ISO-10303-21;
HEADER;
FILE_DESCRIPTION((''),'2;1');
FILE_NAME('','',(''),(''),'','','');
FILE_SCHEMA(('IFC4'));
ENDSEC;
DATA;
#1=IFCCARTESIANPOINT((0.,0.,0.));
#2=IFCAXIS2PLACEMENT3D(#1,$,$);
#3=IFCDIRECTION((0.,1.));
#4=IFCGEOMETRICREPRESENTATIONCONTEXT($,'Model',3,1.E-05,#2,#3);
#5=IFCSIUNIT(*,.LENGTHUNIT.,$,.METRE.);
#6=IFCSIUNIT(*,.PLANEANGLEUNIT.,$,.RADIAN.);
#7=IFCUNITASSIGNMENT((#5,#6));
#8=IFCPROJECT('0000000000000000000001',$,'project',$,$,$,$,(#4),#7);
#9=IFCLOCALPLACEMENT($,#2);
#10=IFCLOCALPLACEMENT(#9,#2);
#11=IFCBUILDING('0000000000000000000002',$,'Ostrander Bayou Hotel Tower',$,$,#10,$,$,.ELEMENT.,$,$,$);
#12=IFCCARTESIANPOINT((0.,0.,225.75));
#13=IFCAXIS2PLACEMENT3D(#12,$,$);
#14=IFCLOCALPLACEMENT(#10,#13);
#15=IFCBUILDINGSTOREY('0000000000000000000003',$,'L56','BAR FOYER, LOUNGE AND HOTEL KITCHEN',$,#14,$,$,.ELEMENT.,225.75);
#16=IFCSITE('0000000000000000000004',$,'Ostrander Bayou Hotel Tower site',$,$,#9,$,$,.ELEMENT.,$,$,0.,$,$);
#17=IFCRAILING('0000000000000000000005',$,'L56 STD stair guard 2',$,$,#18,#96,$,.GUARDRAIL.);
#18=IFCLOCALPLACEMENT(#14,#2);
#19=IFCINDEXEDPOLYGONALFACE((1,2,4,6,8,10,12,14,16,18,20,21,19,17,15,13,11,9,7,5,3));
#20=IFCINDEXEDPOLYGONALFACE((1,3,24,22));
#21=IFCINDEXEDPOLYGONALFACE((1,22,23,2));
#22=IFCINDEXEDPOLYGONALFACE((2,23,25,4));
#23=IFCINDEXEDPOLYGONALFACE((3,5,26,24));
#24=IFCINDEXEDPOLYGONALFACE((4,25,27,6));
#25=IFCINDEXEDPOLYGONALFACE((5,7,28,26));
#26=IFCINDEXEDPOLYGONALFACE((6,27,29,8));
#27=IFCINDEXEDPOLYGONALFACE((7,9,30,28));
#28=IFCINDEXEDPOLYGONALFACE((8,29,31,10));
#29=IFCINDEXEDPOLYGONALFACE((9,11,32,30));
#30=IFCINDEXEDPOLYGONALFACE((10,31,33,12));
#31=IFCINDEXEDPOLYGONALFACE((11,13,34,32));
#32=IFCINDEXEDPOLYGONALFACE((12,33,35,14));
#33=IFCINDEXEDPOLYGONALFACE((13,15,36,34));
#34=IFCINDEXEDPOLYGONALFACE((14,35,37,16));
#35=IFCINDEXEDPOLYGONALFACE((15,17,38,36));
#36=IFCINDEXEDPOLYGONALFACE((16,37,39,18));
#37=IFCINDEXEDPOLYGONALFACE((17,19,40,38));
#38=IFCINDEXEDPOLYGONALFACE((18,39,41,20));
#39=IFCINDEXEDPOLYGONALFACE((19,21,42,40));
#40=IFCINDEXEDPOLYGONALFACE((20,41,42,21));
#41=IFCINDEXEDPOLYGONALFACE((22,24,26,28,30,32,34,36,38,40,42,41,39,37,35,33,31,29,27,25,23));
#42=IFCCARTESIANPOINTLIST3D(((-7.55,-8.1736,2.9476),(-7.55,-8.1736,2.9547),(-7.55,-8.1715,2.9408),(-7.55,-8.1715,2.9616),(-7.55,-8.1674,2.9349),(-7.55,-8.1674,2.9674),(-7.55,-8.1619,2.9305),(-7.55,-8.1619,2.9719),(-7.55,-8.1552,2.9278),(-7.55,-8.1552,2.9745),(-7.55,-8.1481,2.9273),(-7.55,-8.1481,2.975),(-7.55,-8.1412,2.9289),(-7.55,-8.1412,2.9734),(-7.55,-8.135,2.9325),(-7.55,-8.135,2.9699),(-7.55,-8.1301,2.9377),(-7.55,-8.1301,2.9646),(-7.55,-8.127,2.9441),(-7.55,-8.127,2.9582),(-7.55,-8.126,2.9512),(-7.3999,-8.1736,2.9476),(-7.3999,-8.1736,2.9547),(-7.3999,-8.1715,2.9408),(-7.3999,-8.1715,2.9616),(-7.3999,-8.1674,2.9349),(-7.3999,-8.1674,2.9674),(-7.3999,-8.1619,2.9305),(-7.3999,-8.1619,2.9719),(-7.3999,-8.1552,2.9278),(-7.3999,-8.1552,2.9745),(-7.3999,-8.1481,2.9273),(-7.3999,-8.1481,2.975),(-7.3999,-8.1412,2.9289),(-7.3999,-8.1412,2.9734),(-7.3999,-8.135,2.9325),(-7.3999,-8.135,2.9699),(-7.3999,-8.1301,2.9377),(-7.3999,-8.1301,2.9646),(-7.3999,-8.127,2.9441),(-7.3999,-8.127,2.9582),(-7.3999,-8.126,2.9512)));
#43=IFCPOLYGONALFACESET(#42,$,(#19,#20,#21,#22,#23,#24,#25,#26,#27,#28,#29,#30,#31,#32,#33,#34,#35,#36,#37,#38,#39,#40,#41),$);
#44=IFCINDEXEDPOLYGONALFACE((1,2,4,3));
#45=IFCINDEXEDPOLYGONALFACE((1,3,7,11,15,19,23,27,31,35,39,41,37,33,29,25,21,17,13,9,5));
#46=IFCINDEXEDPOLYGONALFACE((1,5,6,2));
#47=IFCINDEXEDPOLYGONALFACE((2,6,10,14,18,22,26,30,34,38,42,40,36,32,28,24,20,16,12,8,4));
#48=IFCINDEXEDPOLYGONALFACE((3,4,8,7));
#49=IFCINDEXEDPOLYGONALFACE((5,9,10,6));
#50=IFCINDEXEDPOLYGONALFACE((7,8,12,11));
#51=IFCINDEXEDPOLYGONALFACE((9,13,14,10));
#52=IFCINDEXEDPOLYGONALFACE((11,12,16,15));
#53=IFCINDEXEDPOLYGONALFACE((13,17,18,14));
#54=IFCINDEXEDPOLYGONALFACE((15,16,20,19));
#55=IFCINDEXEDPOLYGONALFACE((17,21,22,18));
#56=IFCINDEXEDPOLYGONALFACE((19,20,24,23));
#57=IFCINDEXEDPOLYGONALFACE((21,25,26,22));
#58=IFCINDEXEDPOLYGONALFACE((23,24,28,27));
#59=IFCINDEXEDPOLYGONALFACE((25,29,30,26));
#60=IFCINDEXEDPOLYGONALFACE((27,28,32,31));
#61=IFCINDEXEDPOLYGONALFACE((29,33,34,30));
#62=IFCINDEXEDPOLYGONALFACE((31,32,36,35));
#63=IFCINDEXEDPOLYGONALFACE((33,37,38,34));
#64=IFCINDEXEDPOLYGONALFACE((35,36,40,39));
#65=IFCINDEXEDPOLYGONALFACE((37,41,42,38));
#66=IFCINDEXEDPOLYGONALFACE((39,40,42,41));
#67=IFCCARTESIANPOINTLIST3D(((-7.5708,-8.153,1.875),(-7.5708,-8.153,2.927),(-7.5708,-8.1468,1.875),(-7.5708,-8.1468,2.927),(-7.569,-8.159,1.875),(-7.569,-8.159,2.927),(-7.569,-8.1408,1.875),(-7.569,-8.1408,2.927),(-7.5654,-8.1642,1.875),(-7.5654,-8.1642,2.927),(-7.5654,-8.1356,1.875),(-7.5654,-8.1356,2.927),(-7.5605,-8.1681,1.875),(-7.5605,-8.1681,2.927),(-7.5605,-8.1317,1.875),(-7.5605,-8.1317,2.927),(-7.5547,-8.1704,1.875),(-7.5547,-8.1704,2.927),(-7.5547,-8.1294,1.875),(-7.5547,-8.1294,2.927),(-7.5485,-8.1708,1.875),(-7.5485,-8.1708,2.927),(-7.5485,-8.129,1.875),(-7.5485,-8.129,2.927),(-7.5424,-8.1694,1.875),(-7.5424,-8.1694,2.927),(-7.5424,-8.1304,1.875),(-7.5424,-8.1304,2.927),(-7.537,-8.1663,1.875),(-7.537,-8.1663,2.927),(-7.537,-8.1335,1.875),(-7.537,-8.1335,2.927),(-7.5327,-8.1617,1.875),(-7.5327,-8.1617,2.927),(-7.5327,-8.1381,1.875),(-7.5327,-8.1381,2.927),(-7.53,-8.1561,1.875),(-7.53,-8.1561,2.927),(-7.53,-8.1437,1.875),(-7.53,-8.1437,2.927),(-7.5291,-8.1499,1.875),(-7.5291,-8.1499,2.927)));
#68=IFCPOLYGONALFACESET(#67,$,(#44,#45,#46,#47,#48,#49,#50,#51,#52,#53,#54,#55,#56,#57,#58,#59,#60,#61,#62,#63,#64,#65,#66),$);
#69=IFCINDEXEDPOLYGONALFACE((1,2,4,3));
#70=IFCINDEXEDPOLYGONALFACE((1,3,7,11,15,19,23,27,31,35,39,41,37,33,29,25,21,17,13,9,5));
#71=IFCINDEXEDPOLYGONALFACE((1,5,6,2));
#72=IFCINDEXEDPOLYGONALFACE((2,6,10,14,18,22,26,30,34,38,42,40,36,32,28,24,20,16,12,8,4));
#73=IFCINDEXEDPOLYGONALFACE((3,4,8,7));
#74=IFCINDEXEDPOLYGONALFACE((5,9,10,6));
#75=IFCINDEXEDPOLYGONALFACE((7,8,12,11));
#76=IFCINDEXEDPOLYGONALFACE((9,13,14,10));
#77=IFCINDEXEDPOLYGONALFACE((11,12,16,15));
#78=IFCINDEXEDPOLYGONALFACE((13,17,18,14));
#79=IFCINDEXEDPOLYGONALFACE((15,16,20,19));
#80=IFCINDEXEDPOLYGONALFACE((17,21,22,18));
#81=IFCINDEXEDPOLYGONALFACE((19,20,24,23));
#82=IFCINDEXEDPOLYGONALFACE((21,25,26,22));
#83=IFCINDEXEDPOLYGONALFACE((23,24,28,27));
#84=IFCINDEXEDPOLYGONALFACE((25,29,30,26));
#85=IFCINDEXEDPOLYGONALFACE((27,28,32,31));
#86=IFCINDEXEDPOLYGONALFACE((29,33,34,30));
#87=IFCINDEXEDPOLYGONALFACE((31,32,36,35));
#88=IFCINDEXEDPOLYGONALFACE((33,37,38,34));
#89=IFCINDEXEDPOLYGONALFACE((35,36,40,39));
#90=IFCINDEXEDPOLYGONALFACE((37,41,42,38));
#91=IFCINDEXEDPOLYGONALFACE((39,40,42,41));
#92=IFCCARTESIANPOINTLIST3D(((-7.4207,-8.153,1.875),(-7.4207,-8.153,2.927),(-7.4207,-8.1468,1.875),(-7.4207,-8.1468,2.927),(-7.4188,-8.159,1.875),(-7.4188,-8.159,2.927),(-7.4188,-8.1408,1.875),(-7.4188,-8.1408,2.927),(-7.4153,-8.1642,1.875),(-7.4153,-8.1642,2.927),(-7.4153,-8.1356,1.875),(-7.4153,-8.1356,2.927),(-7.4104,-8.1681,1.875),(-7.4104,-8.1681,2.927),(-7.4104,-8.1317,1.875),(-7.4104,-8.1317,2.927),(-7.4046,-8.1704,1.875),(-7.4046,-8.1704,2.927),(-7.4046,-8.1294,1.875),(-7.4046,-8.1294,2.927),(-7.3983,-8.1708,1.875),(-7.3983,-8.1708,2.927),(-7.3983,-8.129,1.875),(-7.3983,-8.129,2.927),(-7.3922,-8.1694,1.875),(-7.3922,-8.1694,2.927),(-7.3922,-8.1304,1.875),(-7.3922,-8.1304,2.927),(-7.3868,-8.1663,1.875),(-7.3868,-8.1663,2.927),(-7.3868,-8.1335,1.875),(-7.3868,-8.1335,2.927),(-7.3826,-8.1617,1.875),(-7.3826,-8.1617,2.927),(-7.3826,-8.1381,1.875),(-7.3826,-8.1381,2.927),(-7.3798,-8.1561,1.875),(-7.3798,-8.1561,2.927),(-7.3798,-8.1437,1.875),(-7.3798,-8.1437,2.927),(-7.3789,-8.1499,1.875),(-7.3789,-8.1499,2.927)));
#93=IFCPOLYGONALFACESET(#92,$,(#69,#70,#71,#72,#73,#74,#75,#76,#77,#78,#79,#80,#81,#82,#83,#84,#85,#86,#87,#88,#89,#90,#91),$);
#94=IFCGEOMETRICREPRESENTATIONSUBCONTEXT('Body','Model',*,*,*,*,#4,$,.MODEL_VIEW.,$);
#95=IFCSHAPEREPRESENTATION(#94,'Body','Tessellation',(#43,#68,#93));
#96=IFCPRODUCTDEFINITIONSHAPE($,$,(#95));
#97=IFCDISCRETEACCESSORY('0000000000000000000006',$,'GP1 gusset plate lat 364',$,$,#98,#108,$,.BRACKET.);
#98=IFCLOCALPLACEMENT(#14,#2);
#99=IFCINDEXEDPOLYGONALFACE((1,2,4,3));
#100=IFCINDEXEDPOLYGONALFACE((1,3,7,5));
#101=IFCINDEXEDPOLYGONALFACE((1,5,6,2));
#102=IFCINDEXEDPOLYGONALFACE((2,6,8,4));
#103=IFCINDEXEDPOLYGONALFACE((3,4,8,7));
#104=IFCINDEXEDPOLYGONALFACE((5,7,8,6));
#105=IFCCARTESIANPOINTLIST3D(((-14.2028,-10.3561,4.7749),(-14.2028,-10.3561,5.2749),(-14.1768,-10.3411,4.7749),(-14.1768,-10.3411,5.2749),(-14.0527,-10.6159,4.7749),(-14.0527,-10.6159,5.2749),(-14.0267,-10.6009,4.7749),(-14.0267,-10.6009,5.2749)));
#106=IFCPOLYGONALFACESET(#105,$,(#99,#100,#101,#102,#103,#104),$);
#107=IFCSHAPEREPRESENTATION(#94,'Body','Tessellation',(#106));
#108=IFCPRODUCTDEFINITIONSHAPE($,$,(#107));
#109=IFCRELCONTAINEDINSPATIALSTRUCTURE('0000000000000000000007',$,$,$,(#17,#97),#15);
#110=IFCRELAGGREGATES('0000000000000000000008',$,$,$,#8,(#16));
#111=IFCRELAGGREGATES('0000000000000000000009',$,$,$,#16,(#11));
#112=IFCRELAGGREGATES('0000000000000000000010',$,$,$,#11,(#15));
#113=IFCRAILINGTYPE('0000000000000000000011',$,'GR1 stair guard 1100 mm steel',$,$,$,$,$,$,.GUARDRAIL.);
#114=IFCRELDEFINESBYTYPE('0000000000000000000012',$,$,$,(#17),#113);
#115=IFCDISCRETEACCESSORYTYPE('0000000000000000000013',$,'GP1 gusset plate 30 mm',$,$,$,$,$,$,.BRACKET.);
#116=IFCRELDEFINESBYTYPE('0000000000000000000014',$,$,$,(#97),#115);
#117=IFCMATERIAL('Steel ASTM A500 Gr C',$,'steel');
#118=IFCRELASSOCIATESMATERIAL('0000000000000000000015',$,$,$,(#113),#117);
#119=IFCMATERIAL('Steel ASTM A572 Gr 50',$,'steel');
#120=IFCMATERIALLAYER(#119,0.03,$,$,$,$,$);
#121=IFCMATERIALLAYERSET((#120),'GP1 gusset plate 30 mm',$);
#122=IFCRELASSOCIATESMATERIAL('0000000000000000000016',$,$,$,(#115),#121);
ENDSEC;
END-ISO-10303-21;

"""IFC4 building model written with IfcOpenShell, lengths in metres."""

from ifc_helpers import new_model, si_unit, direction, frame, origin, origin_2d, place, context, subcontext, project, spatial, rectangle, circle, extrude, material, layer, layer_set, type_object, element, save


model = new_model("IFC4")

# Units and contexts
model_context = context("Model", 3, precision=1e-05, world=origin(), true_north=direction((0.0, 1.0)))
body_context = subcontext(model_context, "Body", "Model", "MODEL_VIEW")
ifc_project = project(units=[si_unit("LENGTHUNIT", "METRE"), si_unit("PLANEANGLEUNIT", "RADIAN")], contexts=[model_context])

# Site, building, storey
site_placement = place(None, origin())
site = spatial("IfcSite", under=ifc_project, at=site_placement, Name="Ostrander Bayou Hotel Tower site", CompositionType="ELEMENT", RefElevation=0.0)
building_placement = place(site_placement, origin())
building = spatial("IfcBuilding", under=site, at=building_placement, Name="Ostrander Bayou Hotel Tower", CompositionType="ELEMENT")
storey_placement = place(building_placement, frame((0.0, 0.0, 225.75)))
storey = spatial("IfcBuildingStorey", under=building, at=storey_placement, Name="L56", Description="BAR FOYER, LOUNGE AND HOTEL KITCHEN", CompositionType="ELEMENT", Elevation=225.75)

# Railing
ifc_material_1 = material(Name="Steel ASTM A500 Gr C", Category="steel")
railing_type = type_object("IfcRailingType", Name="GR1 stair guard 1100 mm steel", PredefinedType="GUARDRAIL", material=ifc_material_1)
railing_placement = place(storey_placement, frame((-7.55, -8.1499, 1.875)))
element("IfcRailing", 1, at=railing_placement, inside=storey, type_object=railing_type, Name="L56 STD stair guard 2", PredefinedType="GUARDRAIL", context=body_context, shape_type="SweptSolid", body=[
    extrude(circle(Radius=0.0239, at=origin_2d()), frame((0.0, 0.0, 1.0762), z_axis=(1.0, 0.0, 0.0), x_axis=(0.0, 1.0, 0.0)), (0.0, 0.0, 1.0), 0.1501),
    extrude(circle(Radius=0.021, at=origin_2d()), origin(), (0.0, 0.0, 1.0), 1.052),
    extrude(circle(Radius=0.021, at=origin_2d()), frame((0.1501, 0.0, 0.0)), (0.0, 0.0, 1.0), 1.052),
])

# Discrete accessory
ifc_material_2 = material(Name="Steel ASTM A572 Gr 50", Category="steel")
ifc_layer_1 = layer(ifc_material_2, 0.03)
ifc_layer_set_1 = layer_set([ifc_layer_1], Name="GP1 gusset plate 30 mm")
discrete_accessory_type = type_object("IfcDiscreteAccessoryType", Name="GP1 gusset plate 30 mm", PredefinedType="BRACKET", material=ifc_layer_set_1)
discrete_accessory_placement = place(storey_placement, frame((-14.1147, -10.4785, 4.7749), z_axis=(0.0, 0.0, 1.0), x_axis=(0.5, -0.866025, 0.0)))
element("IfcDiscreteAccessory", 2, at=discrete_accessory_placement, inside=storey, type_object=discrete_accessory_type, Name="GP1 gusset plate lat 364", PredefinedType="BRACKET", context=body_context, shape_type="SweptSolid", body=[
    extrude(rectangle(XDim=0.3, YDim=0.03, at=origin_2d()), origin(), (0.0, 0.0, 1.0), 0.5),
])

save(model, "model.ifc")
